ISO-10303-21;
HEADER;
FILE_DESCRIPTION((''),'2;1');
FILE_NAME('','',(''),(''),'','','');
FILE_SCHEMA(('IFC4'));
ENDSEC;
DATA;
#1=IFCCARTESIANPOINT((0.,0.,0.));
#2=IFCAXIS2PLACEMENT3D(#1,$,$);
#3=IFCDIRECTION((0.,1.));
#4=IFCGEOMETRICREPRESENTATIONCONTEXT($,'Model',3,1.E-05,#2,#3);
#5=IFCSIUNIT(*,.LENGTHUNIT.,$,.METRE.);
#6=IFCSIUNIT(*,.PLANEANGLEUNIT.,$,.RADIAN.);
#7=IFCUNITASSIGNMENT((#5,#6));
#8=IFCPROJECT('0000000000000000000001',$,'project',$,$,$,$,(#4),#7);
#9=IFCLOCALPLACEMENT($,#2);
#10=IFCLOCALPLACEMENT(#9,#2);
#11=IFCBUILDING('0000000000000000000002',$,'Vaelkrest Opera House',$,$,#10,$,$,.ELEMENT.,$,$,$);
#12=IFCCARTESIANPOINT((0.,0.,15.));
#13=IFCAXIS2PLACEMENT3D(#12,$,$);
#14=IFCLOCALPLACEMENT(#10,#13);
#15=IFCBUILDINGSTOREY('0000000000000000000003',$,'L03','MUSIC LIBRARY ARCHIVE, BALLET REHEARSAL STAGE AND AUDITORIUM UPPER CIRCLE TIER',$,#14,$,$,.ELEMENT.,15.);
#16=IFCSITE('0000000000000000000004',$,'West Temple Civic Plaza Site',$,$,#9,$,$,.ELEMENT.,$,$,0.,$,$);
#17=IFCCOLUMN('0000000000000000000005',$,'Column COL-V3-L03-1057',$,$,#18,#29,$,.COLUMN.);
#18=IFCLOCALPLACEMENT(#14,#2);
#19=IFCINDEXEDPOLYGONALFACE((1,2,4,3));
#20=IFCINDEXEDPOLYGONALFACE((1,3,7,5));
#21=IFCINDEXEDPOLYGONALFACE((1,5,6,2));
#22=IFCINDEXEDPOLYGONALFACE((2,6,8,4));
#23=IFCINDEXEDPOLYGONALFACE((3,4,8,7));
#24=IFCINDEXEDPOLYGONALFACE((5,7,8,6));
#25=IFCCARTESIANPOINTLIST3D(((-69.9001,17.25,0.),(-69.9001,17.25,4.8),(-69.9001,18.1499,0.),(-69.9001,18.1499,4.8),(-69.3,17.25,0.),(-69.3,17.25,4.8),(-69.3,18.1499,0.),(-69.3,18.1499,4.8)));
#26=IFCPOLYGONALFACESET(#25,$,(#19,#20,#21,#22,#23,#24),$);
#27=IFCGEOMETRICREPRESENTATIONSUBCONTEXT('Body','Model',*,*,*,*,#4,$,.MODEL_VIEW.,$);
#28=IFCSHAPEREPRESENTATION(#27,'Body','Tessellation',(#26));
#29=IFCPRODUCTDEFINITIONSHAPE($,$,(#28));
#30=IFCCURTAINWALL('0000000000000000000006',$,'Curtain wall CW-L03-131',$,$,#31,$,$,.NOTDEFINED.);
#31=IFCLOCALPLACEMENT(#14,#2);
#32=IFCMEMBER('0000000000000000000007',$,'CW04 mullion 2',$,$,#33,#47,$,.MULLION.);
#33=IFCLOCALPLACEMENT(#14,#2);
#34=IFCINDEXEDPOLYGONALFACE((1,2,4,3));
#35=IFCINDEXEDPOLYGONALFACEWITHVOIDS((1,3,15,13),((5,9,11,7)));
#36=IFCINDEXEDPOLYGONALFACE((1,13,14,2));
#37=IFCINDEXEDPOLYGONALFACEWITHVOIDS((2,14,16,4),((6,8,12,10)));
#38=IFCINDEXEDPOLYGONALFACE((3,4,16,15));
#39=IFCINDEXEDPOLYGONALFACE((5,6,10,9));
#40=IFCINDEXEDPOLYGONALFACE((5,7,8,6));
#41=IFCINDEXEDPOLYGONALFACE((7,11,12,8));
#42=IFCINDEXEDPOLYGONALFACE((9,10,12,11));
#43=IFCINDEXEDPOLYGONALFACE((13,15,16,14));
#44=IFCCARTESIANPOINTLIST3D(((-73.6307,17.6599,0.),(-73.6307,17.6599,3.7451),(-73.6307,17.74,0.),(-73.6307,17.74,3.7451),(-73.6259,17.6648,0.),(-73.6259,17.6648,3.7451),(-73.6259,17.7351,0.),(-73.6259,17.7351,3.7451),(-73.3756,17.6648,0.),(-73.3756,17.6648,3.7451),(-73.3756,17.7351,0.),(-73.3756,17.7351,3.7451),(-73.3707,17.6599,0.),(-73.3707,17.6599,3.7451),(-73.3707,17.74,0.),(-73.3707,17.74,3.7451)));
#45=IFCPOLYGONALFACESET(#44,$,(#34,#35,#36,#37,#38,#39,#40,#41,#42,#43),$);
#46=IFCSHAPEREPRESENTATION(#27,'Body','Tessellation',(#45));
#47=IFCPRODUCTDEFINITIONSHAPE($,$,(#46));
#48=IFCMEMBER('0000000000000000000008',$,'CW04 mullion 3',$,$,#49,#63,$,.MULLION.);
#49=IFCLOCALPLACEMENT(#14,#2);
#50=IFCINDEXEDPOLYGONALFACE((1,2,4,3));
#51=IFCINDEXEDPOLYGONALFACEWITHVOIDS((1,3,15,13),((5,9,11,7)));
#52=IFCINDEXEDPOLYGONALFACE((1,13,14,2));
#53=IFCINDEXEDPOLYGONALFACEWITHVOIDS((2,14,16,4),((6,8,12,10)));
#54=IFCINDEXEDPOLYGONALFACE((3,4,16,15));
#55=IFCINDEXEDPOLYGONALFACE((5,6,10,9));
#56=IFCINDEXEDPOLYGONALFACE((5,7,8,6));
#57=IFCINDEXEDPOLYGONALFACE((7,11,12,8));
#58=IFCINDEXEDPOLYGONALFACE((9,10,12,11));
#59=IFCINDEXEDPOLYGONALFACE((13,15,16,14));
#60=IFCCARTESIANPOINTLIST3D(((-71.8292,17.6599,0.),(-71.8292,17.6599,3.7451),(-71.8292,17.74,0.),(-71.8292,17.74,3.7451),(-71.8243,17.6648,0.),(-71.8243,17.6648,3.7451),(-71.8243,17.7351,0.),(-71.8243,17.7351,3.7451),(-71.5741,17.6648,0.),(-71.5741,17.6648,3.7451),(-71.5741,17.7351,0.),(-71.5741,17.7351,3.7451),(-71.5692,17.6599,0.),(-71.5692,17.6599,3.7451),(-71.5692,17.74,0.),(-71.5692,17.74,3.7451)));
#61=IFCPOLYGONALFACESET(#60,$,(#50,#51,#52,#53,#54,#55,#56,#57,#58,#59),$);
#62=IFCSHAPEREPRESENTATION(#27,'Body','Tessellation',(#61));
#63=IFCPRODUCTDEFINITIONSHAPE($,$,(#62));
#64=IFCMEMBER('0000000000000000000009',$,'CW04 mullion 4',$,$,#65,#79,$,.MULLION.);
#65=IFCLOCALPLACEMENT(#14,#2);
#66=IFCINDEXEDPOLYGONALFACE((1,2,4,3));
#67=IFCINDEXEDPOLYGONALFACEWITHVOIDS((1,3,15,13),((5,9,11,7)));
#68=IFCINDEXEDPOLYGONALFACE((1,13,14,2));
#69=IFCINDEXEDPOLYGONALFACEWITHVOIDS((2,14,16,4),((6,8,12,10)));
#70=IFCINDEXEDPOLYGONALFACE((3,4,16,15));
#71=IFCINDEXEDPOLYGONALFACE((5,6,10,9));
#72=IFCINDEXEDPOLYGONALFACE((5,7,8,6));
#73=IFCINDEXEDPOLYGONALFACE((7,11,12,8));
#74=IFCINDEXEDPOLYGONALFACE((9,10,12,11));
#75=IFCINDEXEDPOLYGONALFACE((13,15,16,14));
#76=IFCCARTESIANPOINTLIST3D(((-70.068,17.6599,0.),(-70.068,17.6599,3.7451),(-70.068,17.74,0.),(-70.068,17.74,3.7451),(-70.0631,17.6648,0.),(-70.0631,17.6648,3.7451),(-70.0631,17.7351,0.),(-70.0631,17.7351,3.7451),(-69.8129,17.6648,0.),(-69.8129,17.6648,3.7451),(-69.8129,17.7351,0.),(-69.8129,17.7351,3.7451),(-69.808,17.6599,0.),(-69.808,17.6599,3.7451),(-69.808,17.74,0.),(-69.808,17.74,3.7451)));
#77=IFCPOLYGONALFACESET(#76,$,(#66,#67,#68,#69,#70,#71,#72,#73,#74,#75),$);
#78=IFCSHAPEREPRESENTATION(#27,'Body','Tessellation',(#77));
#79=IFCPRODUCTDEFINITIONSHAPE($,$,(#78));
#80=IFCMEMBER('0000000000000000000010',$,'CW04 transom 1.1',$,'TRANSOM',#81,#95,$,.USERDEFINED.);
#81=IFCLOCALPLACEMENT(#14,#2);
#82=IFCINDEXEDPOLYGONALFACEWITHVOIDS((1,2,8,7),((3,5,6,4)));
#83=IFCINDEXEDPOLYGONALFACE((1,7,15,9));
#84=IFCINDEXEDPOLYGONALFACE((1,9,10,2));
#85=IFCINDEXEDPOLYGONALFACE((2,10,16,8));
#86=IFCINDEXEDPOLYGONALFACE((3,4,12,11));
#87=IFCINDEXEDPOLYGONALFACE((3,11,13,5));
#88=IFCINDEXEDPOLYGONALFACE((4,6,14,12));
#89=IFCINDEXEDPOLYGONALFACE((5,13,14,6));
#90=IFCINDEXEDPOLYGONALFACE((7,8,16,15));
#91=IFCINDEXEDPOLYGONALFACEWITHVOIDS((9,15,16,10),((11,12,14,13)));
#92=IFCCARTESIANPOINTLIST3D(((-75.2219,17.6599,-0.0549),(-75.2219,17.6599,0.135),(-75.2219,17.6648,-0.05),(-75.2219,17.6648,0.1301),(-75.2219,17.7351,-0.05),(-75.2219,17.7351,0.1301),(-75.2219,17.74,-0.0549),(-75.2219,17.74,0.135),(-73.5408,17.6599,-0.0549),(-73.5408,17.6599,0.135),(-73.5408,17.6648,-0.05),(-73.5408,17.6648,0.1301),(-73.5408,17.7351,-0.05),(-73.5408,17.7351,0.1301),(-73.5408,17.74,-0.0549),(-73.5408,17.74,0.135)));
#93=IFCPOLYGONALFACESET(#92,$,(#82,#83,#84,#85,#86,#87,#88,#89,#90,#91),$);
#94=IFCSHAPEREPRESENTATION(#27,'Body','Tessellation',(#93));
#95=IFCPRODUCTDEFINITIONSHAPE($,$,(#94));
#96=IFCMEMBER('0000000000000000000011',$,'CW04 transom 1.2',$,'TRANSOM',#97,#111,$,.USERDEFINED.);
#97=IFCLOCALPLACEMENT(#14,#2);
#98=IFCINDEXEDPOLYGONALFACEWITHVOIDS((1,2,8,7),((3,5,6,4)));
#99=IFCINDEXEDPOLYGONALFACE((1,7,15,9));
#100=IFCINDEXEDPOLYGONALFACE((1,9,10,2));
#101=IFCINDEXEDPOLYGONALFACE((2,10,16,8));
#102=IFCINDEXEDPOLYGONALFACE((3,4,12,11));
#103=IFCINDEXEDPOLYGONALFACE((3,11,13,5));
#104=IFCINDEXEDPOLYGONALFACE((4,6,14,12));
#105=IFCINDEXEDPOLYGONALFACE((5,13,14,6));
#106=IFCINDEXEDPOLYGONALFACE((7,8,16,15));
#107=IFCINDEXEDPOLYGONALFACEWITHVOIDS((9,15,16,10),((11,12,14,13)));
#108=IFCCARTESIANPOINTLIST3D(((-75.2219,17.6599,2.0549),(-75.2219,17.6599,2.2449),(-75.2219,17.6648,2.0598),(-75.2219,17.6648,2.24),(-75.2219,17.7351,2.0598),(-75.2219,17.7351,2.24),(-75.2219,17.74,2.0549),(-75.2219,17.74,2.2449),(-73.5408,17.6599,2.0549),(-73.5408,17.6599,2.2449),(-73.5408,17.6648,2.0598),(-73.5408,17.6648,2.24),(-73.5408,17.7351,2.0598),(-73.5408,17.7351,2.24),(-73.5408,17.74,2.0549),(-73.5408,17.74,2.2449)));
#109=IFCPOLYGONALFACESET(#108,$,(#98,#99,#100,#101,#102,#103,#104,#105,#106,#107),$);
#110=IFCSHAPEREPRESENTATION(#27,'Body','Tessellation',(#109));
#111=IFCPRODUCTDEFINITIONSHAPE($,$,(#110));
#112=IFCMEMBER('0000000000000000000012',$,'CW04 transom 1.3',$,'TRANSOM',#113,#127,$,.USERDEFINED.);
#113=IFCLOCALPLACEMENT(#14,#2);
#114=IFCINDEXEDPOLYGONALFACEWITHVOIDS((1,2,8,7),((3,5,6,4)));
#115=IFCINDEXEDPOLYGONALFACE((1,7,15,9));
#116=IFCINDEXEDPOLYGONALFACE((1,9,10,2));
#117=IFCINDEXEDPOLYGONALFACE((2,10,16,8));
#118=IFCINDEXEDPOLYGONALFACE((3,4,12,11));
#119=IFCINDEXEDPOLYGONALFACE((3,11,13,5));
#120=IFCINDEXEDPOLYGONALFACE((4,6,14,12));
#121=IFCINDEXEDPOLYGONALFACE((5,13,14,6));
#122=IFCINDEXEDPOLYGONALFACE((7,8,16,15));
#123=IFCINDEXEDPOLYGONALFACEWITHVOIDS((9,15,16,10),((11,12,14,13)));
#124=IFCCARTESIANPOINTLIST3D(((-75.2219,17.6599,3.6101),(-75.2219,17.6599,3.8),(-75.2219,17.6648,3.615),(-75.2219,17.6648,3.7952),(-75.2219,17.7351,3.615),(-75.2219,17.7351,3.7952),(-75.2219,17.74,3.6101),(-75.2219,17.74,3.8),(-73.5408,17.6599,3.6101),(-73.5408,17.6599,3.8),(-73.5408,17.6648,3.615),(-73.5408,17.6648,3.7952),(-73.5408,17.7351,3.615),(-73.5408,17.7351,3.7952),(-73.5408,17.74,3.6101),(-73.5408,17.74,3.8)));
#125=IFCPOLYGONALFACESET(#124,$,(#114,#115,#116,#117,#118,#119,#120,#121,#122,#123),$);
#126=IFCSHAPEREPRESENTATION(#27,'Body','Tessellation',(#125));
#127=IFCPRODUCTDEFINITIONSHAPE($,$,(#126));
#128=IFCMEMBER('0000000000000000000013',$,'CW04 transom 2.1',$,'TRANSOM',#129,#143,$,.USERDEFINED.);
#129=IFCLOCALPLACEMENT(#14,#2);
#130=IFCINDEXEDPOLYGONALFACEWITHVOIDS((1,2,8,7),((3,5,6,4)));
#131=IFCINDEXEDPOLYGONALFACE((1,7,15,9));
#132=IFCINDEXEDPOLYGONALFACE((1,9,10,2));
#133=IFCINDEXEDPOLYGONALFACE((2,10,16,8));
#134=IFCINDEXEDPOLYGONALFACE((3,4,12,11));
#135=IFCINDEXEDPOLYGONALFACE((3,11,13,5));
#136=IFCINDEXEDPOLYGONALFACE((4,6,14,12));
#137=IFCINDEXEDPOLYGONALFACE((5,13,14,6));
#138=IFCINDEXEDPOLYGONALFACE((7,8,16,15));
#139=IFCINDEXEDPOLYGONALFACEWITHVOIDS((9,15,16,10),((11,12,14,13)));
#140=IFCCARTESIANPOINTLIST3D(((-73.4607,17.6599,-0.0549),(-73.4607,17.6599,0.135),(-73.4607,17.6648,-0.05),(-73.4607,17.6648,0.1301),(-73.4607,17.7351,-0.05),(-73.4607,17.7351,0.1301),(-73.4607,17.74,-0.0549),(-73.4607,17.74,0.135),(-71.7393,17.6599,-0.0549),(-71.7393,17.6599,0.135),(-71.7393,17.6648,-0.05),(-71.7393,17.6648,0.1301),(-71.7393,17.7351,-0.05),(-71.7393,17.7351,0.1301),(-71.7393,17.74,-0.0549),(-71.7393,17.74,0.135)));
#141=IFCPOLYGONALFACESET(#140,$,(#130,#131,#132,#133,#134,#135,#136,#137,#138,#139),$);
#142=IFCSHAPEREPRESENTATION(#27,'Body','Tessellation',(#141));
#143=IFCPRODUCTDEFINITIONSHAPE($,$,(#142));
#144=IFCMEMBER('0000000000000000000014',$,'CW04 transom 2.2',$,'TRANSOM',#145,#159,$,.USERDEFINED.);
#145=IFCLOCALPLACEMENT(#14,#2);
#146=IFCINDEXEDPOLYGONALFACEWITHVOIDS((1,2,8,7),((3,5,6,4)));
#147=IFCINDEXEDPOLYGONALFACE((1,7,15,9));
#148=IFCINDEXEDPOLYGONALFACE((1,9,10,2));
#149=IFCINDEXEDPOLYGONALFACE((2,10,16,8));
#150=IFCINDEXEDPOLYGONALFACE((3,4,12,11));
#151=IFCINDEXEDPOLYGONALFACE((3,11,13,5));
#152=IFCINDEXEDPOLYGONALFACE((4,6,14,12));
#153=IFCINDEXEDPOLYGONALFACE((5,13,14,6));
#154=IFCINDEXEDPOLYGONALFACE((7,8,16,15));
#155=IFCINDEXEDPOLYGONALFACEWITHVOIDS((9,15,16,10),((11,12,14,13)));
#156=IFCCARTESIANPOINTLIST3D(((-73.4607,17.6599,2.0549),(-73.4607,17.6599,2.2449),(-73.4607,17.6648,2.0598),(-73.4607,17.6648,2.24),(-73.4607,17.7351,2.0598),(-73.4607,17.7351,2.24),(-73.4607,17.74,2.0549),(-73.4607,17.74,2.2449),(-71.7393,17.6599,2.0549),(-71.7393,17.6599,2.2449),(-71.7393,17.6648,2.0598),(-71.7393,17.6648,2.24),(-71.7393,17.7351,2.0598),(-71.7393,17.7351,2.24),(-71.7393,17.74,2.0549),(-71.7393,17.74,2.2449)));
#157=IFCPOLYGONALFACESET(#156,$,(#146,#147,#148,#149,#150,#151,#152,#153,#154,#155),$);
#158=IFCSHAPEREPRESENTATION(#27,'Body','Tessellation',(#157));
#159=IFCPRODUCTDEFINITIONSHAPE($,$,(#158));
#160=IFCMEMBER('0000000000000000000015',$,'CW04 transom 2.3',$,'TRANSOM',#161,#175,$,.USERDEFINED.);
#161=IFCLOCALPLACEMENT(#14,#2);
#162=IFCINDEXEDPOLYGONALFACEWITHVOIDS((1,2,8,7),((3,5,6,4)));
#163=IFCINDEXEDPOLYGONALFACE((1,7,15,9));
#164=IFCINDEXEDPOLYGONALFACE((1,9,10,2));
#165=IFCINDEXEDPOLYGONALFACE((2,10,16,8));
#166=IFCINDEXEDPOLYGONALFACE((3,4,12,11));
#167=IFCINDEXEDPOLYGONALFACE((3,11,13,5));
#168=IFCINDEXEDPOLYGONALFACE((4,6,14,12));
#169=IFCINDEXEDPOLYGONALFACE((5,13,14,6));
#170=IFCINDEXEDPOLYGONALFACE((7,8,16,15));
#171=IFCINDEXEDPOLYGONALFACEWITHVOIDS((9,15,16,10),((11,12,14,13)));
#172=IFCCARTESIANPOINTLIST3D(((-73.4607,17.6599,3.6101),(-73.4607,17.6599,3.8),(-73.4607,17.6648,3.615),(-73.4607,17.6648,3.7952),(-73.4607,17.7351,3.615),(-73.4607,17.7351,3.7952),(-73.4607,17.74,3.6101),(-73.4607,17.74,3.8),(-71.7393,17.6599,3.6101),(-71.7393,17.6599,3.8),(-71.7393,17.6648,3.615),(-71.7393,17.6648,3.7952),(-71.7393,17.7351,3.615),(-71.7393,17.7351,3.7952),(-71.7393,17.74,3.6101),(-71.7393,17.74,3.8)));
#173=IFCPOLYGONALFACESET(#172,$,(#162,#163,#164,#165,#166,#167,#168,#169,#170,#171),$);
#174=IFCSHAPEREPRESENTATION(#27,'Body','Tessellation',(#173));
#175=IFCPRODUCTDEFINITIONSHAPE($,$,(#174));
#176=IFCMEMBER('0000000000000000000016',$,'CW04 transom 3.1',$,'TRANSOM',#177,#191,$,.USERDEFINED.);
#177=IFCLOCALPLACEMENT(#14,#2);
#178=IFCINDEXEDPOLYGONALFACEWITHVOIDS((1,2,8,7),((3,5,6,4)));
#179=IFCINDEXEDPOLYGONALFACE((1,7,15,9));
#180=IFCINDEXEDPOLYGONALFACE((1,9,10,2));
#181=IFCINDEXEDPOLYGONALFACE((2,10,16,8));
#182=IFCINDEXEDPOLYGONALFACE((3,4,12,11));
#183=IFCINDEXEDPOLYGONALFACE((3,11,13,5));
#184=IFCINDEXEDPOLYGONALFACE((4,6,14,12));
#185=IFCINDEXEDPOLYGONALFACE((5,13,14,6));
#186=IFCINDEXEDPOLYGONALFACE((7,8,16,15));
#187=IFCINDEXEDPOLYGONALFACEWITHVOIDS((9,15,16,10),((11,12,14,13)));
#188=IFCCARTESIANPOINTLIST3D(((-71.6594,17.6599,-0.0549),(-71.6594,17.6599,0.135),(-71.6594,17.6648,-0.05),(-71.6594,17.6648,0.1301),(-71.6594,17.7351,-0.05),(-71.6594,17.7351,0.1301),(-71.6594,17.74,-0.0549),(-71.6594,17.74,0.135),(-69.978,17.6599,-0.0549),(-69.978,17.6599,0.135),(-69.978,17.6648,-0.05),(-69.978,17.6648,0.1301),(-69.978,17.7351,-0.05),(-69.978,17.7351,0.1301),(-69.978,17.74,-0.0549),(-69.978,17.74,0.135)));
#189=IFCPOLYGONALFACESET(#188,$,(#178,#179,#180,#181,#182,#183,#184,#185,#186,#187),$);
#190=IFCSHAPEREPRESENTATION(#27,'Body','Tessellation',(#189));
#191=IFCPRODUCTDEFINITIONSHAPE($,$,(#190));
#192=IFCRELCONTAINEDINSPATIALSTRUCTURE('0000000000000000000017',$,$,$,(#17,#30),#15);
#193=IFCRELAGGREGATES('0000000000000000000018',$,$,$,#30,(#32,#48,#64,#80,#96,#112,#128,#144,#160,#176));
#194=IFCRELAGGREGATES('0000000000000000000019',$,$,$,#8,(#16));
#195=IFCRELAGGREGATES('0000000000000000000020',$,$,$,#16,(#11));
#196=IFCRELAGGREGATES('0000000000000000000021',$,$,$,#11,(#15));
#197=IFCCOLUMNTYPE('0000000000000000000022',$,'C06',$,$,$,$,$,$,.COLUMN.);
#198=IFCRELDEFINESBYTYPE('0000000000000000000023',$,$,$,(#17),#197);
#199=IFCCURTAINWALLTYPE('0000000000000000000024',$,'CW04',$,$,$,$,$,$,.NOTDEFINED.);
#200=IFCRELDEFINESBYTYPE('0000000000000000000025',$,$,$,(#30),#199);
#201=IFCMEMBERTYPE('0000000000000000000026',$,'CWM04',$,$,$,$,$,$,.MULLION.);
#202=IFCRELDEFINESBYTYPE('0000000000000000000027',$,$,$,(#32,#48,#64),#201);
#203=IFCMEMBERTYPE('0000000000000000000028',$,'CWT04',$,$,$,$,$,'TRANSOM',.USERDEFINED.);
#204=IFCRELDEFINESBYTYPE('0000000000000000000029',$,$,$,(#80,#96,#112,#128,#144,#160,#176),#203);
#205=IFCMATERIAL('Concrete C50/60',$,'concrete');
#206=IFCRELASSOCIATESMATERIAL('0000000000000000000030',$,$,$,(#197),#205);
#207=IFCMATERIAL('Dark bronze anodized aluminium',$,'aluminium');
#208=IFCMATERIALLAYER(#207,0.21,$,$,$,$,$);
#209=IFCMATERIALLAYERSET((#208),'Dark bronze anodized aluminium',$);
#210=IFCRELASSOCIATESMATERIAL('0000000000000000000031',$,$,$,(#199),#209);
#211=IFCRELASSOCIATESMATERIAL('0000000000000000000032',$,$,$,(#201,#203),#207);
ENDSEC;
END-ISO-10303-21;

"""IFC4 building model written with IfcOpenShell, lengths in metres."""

from ifc_helpers import new_model, si_unit, direction, frame, origin, origin_2d, place, context, subcontext, project, spatial, rectangle, hollow_rectangle, extrude, material, layer, layer_set, material_profile, profile_set, type_object, element, aggregate, save


model = new_model("IFC4")

# Units and contexts
model_context = context("Model", 3, precision=1e-05, world=origin(), true_north=direction((0.0, 1.0)))
body_context = subcontext(model_context, "Body", "Model", "MODEL_VIEW")
ifc_project = project(units=[si_unit("LENGTHUNIT", "METRE"), si_unit("PLANEANGLEUNIT", "RADIAN")], contexts=[model_context])

# Site, building, storey
site_placement = place(None, origin())
site = spatial("IfcSite", under=ifc_project, at=site_placement, Name="West Temple Civic Plaza Site", CompositionType="ELEMENT", RefElevation=0.0)
building_placement = place(site_placement, origin())
building = spatial("IfcBuilding", under=site, at=building_placement, Name="Vaelkrest Opera House", CompositionType="ELEMENT")
storey_placement = place(building_placement, frame((0.0, 0.0, 15.0)))
storey = spatial("IfcBuildingStorey", under=building, at=storey_placement, Name="L03", Description="MUSIC LIBRARY ARCHIVE, BALLET REHEARSAL STAGE AND AUDITORIUM UPPER CIRCLE TIER", CompositionType="ELEMENT", Elevation=15.0)

# Column
ifc_material_1 = material(Name="Concrete C50/60", Category="concrete")
ifc_material_profile_1 = material_profile(ifc_material_1, rectangle(XDim=0.6001, YDim=0.8999, at=origin_2d()), Name="RC600X900")
ifc_profile_set_1 = profile_set([ifc_material_profile_1], Name="Concrete C50/60")
column_type = type_object("IfcColumnType", Name="C06", PredefinedType="COLUMN", material=ifc_profile_set_1)
column_placement = place(storey_placement, frame((-69.6001, 17.7, 0.0), z_axis=(0.0, 0.0, 1.0), x_axis=(1.0, 0.0, 0.0)))
element("IfcColumn", 1, at=column_placement, inside=storey, type_object=column_type, Name="Column COL-V3-L03-1057", PredefinedType="COLUMN", context=body_context, shape_type="SweptSolid", body=[
    extrude(rectangle(XDim=0.6001, YDim=0.8999, at=origin_2d()), origin(), (0.0, 0.0, 1.0), 4.8),
])

# Curtain wall, members
ifc_material_2 = material(Name="Dark bronze anodized aluminium", Category="aluminium")
ifc_layer_1 = layer(ifc_material_2, 0.21)
ifc_layer_set_1 = layer_set([ifc_layer_1], Name="Dark bronze anodized aluminium")
curtain_wall_type = type_object("IfcCurtainWallType", Name="CW04", PredefinedType="NOTDEFINED", material=ifc_layer_set_1)
curtain_wall_placement = place(storey_placement, origin())
curtain_wall = element("IfcCurtainWall", 2, at=curtain_wall_placement, inside=storey, type_object=curtain_wall_type, Name="Curtain wall CW-L03-131", PredefinedType="NOTDEFINED")
ifc_material_profile_2 = material_profile(ifc_material_2, hollow_rectangle(XDim=0.0801, YDim=0.26, WallThickness=0.0049, at=origin_2d()), Name="CWM80X260")
ifc_profile_set_2 = profile_set([ifc_material_profile_2], Name="Dark bronze anodized aluminium")
member_type_1 = type_object("IfcMemberType", Name="CWM04", PredefinedType="MULLION", material=ifc_profile_set_2)
member_1_placement = place(storey_placement, frame((-73.5007, 17.7, 0.0), z_axis=(0.0, 0.0, 1.0), x_axis=(0.0, 1.0, 0.0)))
member_1 = element("IfcMember", 3, at=member_1_placement, type_object=member_type_1, Name="CW04 mullion 2", PredefinedType="MULLION", context=body_context, shape_type="SweptSolid", body=[
    extrude(hollow_rectangle(XDim=0.0801, YDim=0.26, WallThickness=0.0049, at=origin_2d()), origin(), (0.0, 0.0, 1.0), 3.7451),
])
member_2_placement = place(storey_placement, frame((-71.6992, 17.7, 0.0), z_axis=(0.0, 0.0, 1.0), x_axis=(0.0, 1.0, 0.0)))
member_2 = element("IfcMember", 4, at=member_2_placement, type_object=member_type_1, Name="CW04 mullion 3", PredefinedType="MULLION", context=body_context, shape_type="SweptSolid", body=[
    extrude(hollow_rectangle(XDim=0.0801, YDim=0.26, WallThickness=0.0049, at=origin_2d()), origin(), (0.0, 0.0, 1.0), 3.7451),
])
member_3_placement = place(storey_placement, frame((-69.938, 17.7, 0.0), z_axis=(0.0, 0.0, 1.0), x_axis=(0.0, 1.0, 0.0)))
member_3 = element("IfcMember", 5, at=member_3_placement, type_object=member_type_1, Name="CW04 mullion 4", PredefinedType="MULLION", context=body_context, shape_type="SweptSolid", body=[
    extrude(hollow_rectangle(XDim=0.0801, YDim=0.26, WallThickness=0.0049, at=origin_2d()), origin(), (0.0, 0.0, 1.0), 3.7451),
])
ifc_material_profile_3 = material_profile(ifc_material_2, hollow_rectangle(XDim=0.0801, YDim=0.1899, WallThickness=0.0049, at=origin_2d()), Name="CWT80X190")
ifc_profile_set_3 = profile_set([ifc_material_profile_3], Name="Dark bronze anodized aluminium")
member_type_2 = type_object("IfcMemberType", Name="CWT04", ElementType="TRANSOM", PredefinedType="USERDEFINED", material=ifc_profile_set_3)
member_4_placement = place(storey_placement, frame((-75.2219, 17.7, 0.04), z_axis=(1.0, 0.0, 0.0), x_axis=(0.0, 1.0, 0.0)))
member_4 = element("IfcMember", 6, at=member_4_placement, type_object=member_type_2, Name="CW04 transom 1.1", ObjectType="TRANSOM", PredefinedType="USERDEFINED", context=body_context, shape_type="SweptSolid", body=[
    extrude(hollow_rectangle(XDim=0.0801, YDim=0.1899, WallThickness=0.0049, at=origin_2d()), origin(), (0.0, 0.0, 1.0), 1.6812),
])
member_5_placement = place(storey_placement, frame((-75.2219, 17.7, 2.1499), z_axis=(1.0, 0.0, 0.0), x_axis=(0.0, 1.0, 0.0)))
member_5 = element("IfcMember", 7, at=member_5_placement, type_object=member_type_2, Name="CW04 transom 1.2", ObjectType="TRANSOM", PredefinedType="USERDEFINED", context=body_context, shape_type="SweptSolid", body=[
    extrude(hollow_rectangle(XDim=0.0801, YDim=0.1899, WallThickness=0.0049, at=origin_2d()), origin(), (0.0, 0.0, 1.0), 1.6812),
])
member_6_placement = place(storey_placement, frame((-75.2219, 17.7, 3.7051), z_axis=(1.0, 0.0, 0.0), x_axis=(0.0, 1.0, 0.0)))
member_6 = element("IfcMember", 8, at=member_6_placement, type_object=member_type_2, Name="CW04 transom 1.3", ObjectType="TRANSOM", PredefinedType="USERDEFINED", context=body_context, shape_type="SweptSolid", body=[
    extrude(hollow_rectangle(XDim=0.0801, YDim=0.1899, WallThickness=0.0049, at=origin_2d()), origin(), (0.0, 0.0, 1.0), 1.6812),
])
member_7_placement = place(storey_placement, frame((-73.4607, 17.7, 0.04), z_axis=(1.0, 0.0, 0.0), x_axis=(0.0, 1.0, 0.0)))
member_7 = element("IfcMember", 9, at=member_7_placement, type_object=member_type_2, Name="CW04 transom 2.1", ObjectType="TRANSOM", PredefinedType="USERDEFINED", context=body_context, shape_type="SweptSolid", body=[
    extrude(hollow_rectangle(XDim=0.0801, YDim=0.1899, WallThickness=0.0049, at=origin_2d()), origin(), (0.0, 0.0, 1.0), 1.7214),
])
member_8_placement = place(storey_placement, frame((-73.4607, 17.7, 2.1499), z_axis=(1.0, 0.0, 0.0), x_axis=(0.0, 1.0, 0.0)))
member_8 = element("IfcMember", 10, at=member_8_placement, type_object=member_type_2, Name="CW04 transom 2.2", ObjectType="TRANSOM", PredefinedType="USERDEFINED", context=body_context, shape_type="SweptSolid", body=[
    extrude(hollow_rectangle(XDim=0.0801, YDim=0.1899, WallThickness=0.0049, at=origin_2d()), origin(), (0.0, 0.0, 1.0), 1.7214),
])
member_9_placement = place(storey_placement, frame((-73.4607, 17.7, 3.7051), z_axis=(1.0, 0.0, 0.0), x_axis=(0.0, 1.0, 0.0)))
member_9 = element("IfcMember", 11, at=member_9_placement, type_object=member_type_2, Name="CW04 transom 2.3", ObjectType="TRANSOM", PredefinedType="USERDEFINED", context=body_context, shape_type="SweptSolid", body=[
    extrude(hollow_rectangle(XDim=0.0801, YDim=0.1899, WallThickness=0.0049, at=origin_2d()), origin(), (0.0, 0.0, 1.0), 1.7214),
])
member_10_placement = place(storey_placement, frame((-71.6594, 17.7, 0.04), z_axis=(1.0, 0.0, 0.0), x_axis=(0.0, 1.0, 0.0)))
member_10 = element("IfcMember", 12, at=member_10_placement, type_object=member_type_2, Name="CW04 transom 3.1", ObjectType="TRANSOM", PredefinedType="USERDEFINED", context=body_context, shape_type="SweptSolid", body=[
    extrude(hollow_rectangle(XDim=0.0801, YDim=0.1899, WallThickness=0.0049, at=origin_2d()), origin(), (0.0, 0.0, 1.0), 1.6814),
])

aggregate(curtain_wall, [member_1, member_2, member_3, member_4, member_5, member_6, member_7, member_8, member_9, member_10])

save(model, "model.ifc")
